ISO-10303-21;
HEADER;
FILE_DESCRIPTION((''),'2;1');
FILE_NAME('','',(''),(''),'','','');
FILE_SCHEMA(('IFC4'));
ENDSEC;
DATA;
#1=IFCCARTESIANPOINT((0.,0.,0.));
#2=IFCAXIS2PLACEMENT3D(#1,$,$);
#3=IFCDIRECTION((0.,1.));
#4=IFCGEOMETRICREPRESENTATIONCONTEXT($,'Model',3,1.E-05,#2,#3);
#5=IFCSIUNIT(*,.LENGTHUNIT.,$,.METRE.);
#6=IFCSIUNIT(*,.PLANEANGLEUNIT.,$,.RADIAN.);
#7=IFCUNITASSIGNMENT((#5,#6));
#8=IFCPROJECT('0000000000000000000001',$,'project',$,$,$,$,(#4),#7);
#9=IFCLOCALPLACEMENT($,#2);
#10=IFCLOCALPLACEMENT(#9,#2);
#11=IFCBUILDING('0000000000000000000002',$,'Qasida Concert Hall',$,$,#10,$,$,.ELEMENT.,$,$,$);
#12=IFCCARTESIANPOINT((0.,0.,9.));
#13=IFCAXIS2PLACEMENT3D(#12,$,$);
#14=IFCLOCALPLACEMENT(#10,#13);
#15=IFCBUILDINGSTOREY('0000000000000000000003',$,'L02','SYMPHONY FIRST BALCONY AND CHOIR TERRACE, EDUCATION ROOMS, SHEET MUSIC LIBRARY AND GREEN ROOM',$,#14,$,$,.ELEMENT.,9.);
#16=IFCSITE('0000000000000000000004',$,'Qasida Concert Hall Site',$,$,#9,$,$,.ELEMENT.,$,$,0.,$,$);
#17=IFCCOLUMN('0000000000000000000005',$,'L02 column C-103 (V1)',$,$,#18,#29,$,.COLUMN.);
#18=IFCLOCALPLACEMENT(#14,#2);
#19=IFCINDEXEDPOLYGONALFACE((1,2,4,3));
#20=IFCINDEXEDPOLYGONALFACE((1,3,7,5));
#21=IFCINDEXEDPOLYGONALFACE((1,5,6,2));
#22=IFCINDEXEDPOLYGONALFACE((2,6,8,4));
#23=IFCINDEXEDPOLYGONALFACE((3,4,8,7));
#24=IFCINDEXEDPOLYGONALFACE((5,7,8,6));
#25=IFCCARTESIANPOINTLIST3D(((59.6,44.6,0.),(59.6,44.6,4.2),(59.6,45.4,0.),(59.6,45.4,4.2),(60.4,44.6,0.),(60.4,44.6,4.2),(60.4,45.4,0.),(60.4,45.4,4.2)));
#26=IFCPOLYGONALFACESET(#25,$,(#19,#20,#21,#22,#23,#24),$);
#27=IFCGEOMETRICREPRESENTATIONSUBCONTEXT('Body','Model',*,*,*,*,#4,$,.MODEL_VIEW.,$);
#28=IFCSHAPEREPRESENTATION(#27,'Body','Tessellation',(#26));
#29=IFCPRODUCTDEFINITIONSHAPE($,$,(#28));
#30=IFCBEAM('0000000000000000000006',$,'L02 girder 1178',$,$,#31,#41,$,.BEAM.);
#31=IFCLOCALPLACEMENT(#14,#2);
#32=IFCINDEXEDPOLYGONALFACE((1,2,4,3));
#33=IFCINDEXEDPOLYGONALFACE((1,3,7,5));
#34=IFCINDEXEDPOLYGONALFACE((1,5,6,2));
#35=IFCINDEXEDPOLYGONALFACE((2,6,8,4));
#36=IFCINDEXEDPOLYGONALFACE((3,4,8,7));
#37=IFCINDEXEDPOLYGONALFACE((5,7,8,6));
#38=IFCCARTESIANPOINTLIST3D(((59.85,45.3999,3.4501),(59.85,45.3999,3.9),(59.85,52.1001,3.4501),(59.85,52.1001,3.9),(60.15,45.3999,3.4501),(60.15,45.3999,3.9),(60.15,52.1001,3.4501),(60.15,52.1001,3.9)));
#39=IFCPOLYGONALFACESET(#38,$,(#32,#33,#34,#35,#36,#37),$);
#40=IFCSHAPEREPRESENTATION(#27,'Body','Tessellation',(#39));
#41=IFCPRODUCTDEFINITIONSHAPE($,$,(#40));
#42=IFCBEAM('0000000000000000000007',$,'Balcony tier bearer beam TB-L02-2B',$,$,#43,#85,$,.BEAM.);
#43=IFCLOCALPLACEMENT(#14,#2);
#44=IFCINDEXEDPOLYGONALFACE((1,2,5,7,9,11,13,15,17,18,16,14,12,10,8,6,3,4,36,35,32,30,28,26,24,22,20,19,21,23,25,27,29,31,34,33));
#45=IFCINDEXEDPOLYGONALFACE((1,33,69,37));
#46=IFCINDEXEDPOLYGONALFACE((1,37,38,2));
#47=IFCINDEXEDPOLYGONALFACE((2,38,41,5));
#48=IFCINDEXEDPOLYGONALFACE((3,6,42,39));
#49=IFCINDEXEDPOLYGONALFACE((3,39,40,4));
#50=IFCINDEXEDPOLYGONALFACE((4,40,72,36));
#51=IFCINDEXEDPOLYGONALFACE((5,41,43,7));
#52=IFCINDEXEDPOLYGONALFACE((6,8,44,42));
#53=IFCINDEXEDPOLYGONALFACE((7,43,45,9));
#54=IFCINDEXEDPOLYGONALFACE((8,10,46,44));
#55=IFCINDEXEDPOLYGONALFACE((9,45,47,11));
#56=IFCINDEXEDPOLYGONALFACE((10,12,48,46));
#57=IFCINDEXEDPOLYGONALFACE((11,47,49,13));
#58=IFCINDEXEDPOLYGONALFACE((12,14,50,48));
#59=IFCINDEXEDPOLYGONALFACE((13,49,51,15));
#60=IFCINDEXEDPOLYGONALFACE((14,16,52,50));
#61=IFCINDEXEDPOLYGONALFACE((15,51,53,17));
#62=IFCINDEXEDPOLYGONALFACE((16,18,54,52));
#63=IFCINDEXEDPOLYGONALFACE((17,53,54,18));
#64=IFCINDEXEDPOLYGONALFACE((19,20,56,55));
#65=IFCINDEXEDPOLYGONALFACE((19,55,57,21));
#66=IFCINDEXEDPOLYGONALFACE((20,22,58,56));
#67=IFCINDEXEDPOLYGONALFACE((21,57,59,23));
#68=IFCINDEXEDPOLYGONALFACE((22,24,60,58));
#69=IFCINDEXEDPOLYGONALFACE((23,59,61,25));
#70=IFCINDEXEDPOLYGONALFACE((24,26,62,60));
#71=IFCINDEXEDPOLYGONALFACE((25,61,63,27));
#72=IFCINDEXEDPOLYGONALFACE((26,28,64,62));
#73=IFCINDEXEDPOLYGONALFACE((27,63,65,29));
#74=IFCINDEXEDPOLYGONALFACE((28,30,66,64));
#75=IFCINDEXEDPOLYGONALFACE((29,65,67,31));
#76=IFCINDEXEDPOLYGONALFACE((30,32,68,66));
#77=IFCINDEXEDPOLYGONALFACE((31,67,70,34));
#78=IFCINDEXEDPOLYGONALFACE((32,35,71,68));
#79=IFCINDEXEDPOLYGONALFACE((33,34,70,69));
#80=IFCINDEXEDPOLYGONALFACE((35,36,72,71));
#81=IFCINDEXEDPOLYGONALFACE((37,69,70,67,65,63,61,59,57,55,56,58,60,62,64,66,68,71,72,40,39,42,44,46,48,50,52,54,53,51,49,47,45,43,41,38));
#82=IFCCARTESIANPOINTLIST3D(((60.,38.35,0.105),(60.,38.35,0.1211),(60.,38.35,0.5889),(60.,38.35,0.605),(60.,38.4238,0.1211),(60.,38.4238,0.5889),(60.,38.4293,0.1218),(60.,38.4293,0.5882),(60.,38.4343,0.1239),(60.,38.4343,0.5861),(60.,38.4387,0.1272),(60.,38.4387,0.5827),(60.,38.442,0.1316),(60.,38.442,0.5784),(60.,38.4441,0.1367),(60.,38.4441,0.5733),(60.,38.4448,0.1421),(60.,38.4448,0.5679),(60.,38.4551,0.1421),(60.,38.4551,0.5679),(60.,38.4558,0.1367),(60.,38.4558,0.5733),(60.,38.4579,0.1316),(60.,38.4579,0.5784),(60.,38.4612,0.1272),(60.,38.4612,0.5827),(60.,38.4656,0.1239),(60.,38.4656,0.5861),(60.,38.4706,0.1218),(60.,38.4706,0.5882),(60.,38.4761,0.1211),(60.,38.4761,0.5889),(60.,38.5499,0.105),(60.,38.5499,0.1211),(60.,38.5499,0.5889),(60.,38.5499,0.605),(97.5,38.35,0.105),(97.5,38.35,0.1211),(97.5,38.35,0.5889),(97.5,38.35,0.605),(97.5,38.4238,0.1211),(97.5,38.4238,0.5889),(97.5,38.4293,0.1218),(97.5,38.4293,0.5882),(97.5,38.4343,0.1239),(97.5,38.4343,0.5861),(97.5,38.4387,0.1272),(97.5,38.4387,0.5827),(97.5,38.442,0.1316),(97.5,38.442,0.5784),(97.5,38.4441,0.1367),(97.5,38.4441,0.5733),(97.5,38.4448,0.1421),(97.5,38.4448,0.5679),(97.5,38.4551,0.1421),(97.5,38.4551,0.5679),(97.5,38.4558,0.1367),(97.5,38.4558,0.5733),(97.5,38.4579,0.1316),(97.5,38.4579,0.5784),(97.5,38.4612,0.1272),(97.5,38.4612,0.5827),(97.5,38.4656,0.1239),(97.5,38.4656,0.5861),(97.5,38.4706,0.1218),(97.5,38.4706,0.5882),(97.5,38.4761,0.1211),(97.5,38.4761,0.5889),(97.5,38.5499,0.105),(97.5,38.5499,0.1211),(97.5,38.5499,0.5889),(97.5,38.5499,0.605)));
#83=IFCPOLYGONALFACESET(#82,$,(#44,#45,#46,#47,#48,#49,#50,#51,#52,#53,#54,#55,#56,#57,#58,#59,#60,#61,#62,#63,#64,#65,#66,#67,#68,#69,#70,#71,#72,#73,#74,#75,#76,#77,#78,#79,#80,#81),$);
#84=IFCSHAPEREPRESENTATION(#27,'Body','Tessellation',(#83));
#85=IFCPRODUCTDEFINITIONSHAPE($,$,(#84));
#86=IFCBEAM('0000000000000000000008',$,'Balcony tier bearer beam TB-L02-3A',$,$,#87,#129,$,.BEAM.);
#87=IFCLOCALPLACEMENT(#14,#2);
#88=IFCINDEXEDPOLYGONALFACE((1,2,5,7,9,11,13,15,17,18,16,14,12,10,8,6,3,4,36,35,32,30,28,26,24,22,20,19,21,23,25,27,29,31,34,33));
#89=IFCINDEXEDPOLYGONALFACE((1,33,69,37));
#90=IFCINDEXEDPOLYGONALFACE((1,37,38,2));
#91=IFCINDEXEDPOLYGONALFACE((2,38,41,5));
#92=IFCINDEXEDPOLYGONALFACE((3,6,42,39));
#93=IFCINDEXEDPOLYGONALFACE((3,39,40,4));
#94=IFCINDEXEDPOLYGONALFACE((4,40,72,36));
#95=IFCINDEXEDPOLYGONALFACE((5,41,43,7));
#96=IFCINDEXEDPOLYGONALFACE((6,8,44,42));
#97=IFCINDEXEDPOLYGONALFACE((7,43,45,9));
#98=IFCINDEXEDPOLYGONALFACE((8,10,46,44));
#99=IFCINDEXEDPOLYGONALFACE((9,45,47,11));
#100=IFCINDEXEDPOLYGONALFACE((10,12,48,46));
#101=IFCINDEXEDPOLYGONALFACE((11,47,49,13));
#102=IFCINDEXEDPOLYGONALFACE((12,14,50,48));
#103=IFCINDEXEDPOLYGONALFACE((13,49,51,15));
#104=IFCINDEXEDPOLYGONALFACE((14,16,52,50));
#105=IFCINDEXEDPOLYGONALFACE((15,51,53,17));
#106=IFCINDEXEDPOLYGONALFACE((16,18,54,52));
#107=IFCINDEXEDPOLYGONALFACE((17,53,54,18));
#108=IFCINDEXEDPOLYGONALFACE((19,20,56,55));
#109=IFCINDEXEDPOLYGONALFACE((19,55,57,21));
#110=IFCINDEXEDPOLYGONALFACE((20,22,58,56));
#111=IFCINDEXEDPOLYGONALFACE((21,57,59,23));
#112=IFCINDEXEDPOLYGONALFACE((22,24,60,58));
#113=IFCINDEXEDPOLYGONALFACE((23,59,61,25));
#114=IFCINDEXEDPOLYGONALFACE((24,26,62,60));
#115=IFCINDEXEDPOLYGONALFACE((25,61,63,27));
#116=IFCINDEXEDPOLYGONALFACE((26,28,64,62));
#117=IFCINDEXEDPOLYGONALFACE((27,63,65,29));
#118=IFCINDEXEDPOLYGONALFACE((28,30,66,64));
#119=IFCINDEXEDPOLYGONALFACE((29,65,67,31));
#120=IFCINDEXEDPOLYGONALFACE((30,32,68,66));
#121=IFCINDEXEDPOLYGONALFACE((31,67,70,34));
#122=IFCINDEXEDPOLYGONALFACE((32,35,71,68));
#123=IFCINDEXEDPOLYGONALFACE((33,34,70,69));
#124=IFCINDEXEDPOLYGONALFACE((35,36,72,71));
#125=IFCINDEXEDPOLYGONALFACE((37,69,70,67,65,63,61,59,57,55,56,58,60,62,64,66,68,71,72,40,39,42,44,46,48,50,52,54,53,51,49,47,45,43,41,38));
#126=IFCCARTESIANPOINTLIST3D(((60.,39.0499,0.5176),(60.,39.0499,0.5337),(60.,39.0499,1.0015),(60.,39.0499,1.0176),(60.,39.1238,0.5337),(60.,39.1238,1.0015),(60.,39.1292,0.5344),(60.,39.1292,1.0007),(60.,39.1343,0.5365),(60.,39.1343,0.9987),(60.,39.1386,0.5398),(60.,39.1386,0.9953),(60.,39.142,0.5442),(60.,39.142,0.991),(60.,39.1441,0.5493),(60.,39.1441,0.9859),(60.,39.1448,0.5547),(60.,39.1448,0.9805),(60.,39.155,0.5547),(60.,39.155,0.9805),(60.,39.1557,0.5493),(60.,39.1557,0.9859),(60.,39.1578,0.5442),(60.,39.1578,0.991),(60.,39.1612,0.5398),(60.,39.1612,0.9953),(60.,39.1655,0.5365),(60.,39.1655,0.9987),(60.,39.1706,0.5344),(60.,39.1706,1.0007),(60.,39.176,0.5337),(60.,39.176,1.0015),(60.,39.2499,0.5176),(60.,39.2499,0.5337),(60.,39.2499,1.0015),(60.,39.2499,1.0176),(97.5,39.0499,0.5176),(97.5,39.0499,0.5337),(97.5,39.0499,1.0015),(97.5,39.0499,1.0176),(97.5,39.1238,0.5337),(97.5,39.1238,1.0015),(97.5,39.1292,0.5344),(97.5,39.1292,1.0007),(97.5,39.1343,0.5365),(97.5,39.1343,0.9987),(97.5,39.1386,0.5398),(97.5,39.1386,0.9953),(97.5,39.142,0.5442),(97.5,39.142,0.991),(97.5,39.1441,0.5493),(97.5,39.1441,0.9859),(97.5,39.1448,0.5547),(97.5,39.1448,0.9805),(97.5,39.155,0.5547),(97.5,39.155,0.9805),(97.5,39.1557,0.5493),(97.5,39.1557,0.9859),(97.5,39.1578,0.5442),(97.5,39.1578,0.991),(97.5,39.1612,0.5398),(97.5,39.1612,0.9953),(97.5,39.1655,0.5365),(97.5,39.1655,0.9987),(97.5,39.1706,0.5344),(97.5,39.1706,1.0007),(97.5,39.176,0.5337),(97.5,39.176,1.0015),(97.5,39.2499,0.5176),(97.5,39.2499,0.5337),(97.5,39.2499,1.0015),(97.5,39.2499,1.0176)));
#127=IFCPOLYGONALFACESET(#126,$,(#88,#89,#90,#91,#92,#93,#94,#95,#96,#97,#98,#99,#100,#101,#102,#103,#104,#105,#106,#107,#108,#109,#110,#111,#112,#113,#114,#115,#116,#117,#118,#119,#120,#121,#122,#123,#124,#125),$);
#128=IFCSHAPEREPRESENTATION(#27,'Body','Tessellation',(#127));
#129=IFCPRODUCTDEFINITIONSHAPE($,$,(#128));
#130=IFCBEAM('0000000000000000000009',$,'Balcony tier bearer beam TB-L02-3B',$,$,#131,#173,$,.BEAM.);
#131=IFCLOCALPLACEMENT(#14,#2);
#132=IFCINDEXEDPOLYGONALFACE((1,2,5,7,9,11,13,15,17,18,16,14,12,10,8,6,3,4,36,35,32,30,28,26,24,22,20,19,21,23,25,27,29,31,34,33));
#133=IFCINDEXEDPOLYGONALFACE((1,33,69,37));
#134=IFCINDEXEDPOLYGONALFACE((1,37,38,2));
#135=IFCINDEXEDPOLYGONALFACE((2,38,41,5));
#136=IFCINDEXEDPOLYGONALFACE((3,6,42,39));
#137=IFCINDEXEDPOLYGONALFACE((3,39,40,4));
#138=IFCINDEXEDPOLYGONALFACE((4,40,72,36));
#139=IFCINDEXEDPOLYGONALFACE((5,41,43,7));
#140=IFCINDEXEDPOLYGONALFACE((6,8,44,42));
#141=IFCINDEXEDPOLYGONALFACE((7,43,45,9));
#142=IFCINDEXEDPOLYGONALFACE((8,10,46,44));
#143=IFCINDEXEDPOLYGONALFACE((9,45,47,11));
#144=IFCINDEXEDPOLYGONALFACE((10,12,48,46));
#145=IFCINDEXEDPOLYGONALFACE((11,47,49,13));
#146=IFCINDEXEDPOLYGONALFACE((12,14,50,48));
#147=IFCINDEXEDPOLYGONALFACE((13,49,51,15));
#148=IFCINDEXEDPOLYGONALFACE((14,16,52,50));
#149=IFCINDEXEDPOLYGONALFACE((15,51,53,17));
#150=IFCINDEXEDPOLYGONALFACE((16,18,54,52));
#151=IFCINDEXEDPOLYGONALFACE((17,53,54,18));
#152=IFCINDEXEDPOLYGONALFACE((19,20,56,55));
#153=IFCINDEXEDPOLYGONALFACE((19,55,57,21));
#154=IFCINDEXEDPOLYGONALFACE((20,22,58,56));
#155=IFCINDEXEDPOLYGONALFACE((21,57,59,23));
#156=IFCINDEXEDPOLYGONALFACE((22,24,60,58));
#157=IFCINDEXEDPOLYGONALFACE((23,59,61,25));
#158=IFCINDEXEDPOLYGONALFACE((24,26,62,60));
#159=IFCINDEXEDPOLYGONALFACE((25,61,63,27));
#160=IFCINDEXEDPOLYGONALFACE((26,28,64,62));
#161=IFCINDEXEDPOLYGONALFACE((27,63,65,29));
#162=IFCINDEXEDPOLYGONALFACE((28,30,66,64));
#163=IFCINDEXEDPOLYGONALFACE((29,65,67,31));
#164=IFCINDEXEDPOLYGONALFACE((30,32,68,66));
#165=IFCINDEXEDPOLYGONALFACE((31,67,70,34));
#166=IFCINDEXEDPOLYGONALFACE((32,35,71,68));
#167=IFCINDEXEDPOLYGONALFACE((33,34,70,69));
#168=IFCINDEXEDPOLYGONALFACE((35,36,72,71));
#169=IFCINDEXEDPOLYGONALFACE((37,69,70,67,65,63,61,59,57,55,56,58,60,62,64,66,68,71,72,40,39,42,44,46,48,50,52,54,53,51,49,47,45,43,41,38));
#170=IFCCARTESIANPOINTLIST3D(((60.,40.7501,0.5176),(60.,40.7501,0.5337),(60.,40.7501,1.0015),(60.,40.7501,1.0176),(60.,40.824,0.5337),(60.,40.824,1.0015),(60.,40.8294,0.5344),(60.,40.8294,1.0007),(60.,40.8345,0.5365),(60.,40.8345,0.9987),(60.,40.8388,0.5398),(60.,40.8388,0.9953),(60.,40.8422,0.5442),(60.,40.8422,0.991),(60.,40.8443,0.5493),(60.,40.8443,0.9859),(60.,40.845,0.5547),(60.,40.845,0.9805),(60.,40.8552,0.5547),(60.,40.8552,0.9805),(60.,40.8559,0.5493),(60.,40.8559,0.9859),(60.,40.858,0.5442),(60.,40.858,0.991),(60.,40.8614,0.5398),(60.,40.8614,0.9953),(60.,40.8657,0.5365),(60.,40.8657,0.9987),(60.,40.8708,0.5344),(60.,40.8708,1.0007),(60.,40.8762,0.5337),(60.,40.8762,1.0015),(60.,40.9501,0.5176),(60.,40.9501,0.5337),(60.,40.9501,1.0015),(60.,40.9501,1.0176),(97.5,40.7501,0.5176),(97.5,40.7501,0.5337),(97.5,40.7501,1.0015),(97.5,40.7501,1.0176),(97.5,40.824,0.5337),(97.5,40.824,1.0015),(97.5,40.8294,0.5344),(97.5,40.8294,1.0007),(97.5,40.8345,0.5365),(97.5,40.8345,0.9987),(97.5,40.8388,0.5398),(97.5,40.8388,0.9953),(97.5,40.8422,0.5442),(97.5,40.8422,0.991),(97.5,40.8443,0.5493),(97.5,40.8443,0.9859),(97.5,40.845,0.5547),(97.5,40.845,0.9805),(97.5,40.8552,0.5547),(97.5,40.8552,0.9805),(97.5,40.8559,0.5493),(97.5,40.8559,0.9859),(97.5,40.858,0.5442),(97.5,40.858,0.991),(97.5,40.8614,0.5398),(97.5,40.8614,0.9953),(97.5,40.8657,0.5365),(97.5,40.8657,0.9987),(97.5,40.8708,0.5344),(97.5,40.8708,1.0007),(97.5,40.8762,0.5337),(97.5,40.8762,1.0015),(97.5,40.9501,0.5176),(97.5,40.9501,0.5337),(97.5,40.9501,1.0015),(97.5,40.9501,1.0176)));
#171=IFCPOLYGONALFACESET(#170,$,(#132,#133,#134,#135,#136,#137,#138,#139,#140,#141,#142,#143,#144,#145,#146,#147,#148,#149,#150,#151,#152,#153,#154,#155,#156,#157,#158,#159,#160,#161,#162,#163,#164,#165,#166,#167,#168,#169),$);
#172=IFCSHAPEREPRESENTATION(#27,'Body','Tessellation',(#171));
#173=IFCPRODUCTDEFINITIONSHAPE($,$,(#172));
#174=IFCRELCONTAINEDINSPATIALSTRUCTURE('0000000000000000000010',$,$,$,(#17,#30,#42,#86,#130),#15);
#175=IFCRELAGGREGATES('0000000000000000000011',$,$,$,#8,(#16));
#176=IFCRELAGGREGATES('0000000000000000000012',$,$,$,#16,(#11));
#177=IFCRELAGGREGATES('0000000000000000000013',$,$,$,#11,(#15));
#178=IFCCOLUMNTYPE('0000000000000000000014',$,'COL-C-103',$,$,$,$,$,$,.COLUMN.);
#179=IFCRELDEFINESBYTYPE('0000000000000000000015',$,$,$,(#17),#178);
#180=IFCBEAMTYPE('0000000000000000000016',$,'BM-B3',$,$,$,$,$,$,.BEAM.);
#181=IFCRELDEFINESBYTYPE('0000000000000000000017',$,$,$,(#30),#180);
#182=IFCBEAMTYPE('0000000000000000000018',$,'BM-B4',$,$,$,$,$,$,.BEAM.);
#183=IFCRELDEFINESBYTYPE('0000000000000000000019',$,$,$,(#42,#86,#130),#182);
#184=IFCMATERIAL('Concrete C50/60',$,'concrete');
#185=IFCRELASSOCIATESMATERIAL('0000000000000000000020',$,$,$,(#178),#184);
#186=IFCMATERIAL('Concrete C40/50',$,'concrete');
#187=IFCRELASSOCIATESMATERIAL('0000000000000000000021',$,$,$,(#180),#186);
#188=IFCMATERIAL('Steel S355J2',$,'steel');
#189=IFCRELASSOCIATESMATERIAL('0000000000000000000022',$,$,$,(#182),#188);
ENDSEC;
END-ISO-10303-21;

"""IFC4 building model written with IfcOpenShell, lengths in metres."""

from ifc_helpers import new_model, si_unit, direction, frame, origin, origin_2d, place, context, subcontext, project, spatial, rectangle, i_section, extrude, material, material_profile, profile_set, type_object, element, save


model = new_model("IFC4")

# Units and contexts
model_context = context("Model", 3, precision=1e-05, world=origin(), true_north=direction((0.0, 1.0)))
body_context = subcontext(model_context, "Body", "Model", "MODEL_VIEW")
ifc_project = project(units=[si_unit("LENGTHUNIT", "METRE"), si_unit("PLANEANGLEUNIT", "RADIAN")], contexts=[model_context])

# Site, building, storey
site_placement = place(None, origin())
site = spatial("IfcSite", under=ifc_project, at=site_placement, Name="Qasida Concert Hall Site", CompositionType="ELEMENT", RefElevation=0.0)
building_placement = place(site_placement, origin())
building = spatial("IfcBuilding", under=site, at=building_placement, Name="Qasida Concert Hall", CompositionType="ELEMENT")
storey_placement = place(building_placement, frame((0.0, 0.0, 9.0)))
storey = spatial("IfcBuildingStorey", under=building, at=storey_placement, Name="L02", Description="SYMPHONY FIRST BALCONY AND CHOIR TERRACE, EDUCATION ROOMS, SHEET MUSIC LIBRARY AND GREEN ROOM", CompositionType="ELEMENT", Elevation=9.0)

# Column
ifc_material_1 = material(Name="Concrete C50/60", Category="concrete")
ifc_material_profile_1 = material_profile(ifc_material_1, rectangle(XDim=0.8, YDim=0.8, at=origin_2d()), Name="RC 800x800")
ifc_profile_set_1 = profile_set([ifc_material_profile_1], Name="Concrete C50/60")
column_type = type_object("IfcColumnType", Name="COL-C-103", PredefinedType="COLUMN", material=ifc_profile_set_1)
column_placement = place(storey_placement, frame((60.0, 45.0, 0.0), z_axis=(0.0, 0.0, 1.0), x_axis=(1.0, 0.0, 0.0)))
element("IfcColumn", 1, at=column_placement, inside=storey, type_object=column_type, Name="L02 column C-103 (V1)", PredefinedType="COLUMN", context=body_context, shape_type="SweptSolid", body=[
    extrude(rectangle(XDim=0.8, YDim=0.8, at=origin_2d()), origin(), (0.0, 0.0, 1.0), 4.2),
])

# Beams
ifc_material_2 = material(Name="Concrete C40/50", Category="concrete")
ifc_material_profile_2 = material_profile(ifc_material_2, rectangle(XDim=0.3, YDim=0.45, at=origin_2d()), Name="RC 300x450")
ifc_profile_set_2 = profile_set([ifc_material_profile_2], Name="Concrete C40/50")
beam_type_1 = type_object("IfcBeamType", Name="BM-B3", PredefinedType="BEAM", material=ifc_profile_set_2)
beam_1_placement = place(storey_placement, frame((60.0, 45.3999, 3.675), z_axis=(0.0, 1.0, 0.0), x_axis=(-1.0, 0.0, 0.0)))
element("IfcBeam", 2, at=beam_1_placement, inside=storey, type_object=beam_type_1, Name="L02 girder 1178", PredefinedType="BEAM", context=body_context, shape_type="SweptSolid", body=[
    extrude(rectangle(XDim=0.3, YDim=0.45, at=origin_2d()), origin(), (0.0, 0.0, 1.0), 6.7002),
])
ifc_material_3 = material(Name="Steel S355J2", Category="steel")
ifc_material_profile_3 = material_profile(ifc_material_3, i_section(OverallWidth=0.2, OverallDepth=0.5, WebThickness=0.0103, FlangeThickness=0.0161, FilletRadius=0.021, at=origin_2d()), Name="IPE 500")
ifc_profile_set_3 = profile_set([ifc_material_profile_3], Name="Steel S355J2")
beam_type_2 = type_object("IfcBeamType", Name="BM-B4", PredefinedType="BEAM", material=ifc_profile_set_3)
for number, where, z_axis, x_axis, name in (
    (3, (60.0, 38.45, 0.355), (1.0, 0.0, 0.0), (0.0, 1.0, 0.0), "Balcony tier bearer beam TB-L02-2B"),
    (4, (60.0, 39.1499, 0.7676), (1.0, 0.0, 0.0), (0.0, 1.0, 0.0), "Balcony tier bearer beam TB-L02-3A"),
    (5, (60.0, 40.8501, 0.7676), (1.0, 0.0, 0.0), (0.0, 1.0, 0.0), "Balcony tier bearer beam TB-L02-3B"),
):
    element("IfcBeam", number, at=place(storey_placement, frame(where, z_axis=z_axis, x_axis=x_axis)), inside=storey, type_object=beam_type_2, Name=name, PredefinedType="BEAM", context=body_context, shape_type="SweptSolid", body=[
        extrude(i_section(OverallWidth=0.2, OverallDepth=0.5, WebThickness=0.0103, FlangeThickness=0.0161, FilletRadius=0.021, at=origin_2d()), origin(), (0.0, 0.0, 1.0), 37.5),
    ])

save(model, "model.ifc")
